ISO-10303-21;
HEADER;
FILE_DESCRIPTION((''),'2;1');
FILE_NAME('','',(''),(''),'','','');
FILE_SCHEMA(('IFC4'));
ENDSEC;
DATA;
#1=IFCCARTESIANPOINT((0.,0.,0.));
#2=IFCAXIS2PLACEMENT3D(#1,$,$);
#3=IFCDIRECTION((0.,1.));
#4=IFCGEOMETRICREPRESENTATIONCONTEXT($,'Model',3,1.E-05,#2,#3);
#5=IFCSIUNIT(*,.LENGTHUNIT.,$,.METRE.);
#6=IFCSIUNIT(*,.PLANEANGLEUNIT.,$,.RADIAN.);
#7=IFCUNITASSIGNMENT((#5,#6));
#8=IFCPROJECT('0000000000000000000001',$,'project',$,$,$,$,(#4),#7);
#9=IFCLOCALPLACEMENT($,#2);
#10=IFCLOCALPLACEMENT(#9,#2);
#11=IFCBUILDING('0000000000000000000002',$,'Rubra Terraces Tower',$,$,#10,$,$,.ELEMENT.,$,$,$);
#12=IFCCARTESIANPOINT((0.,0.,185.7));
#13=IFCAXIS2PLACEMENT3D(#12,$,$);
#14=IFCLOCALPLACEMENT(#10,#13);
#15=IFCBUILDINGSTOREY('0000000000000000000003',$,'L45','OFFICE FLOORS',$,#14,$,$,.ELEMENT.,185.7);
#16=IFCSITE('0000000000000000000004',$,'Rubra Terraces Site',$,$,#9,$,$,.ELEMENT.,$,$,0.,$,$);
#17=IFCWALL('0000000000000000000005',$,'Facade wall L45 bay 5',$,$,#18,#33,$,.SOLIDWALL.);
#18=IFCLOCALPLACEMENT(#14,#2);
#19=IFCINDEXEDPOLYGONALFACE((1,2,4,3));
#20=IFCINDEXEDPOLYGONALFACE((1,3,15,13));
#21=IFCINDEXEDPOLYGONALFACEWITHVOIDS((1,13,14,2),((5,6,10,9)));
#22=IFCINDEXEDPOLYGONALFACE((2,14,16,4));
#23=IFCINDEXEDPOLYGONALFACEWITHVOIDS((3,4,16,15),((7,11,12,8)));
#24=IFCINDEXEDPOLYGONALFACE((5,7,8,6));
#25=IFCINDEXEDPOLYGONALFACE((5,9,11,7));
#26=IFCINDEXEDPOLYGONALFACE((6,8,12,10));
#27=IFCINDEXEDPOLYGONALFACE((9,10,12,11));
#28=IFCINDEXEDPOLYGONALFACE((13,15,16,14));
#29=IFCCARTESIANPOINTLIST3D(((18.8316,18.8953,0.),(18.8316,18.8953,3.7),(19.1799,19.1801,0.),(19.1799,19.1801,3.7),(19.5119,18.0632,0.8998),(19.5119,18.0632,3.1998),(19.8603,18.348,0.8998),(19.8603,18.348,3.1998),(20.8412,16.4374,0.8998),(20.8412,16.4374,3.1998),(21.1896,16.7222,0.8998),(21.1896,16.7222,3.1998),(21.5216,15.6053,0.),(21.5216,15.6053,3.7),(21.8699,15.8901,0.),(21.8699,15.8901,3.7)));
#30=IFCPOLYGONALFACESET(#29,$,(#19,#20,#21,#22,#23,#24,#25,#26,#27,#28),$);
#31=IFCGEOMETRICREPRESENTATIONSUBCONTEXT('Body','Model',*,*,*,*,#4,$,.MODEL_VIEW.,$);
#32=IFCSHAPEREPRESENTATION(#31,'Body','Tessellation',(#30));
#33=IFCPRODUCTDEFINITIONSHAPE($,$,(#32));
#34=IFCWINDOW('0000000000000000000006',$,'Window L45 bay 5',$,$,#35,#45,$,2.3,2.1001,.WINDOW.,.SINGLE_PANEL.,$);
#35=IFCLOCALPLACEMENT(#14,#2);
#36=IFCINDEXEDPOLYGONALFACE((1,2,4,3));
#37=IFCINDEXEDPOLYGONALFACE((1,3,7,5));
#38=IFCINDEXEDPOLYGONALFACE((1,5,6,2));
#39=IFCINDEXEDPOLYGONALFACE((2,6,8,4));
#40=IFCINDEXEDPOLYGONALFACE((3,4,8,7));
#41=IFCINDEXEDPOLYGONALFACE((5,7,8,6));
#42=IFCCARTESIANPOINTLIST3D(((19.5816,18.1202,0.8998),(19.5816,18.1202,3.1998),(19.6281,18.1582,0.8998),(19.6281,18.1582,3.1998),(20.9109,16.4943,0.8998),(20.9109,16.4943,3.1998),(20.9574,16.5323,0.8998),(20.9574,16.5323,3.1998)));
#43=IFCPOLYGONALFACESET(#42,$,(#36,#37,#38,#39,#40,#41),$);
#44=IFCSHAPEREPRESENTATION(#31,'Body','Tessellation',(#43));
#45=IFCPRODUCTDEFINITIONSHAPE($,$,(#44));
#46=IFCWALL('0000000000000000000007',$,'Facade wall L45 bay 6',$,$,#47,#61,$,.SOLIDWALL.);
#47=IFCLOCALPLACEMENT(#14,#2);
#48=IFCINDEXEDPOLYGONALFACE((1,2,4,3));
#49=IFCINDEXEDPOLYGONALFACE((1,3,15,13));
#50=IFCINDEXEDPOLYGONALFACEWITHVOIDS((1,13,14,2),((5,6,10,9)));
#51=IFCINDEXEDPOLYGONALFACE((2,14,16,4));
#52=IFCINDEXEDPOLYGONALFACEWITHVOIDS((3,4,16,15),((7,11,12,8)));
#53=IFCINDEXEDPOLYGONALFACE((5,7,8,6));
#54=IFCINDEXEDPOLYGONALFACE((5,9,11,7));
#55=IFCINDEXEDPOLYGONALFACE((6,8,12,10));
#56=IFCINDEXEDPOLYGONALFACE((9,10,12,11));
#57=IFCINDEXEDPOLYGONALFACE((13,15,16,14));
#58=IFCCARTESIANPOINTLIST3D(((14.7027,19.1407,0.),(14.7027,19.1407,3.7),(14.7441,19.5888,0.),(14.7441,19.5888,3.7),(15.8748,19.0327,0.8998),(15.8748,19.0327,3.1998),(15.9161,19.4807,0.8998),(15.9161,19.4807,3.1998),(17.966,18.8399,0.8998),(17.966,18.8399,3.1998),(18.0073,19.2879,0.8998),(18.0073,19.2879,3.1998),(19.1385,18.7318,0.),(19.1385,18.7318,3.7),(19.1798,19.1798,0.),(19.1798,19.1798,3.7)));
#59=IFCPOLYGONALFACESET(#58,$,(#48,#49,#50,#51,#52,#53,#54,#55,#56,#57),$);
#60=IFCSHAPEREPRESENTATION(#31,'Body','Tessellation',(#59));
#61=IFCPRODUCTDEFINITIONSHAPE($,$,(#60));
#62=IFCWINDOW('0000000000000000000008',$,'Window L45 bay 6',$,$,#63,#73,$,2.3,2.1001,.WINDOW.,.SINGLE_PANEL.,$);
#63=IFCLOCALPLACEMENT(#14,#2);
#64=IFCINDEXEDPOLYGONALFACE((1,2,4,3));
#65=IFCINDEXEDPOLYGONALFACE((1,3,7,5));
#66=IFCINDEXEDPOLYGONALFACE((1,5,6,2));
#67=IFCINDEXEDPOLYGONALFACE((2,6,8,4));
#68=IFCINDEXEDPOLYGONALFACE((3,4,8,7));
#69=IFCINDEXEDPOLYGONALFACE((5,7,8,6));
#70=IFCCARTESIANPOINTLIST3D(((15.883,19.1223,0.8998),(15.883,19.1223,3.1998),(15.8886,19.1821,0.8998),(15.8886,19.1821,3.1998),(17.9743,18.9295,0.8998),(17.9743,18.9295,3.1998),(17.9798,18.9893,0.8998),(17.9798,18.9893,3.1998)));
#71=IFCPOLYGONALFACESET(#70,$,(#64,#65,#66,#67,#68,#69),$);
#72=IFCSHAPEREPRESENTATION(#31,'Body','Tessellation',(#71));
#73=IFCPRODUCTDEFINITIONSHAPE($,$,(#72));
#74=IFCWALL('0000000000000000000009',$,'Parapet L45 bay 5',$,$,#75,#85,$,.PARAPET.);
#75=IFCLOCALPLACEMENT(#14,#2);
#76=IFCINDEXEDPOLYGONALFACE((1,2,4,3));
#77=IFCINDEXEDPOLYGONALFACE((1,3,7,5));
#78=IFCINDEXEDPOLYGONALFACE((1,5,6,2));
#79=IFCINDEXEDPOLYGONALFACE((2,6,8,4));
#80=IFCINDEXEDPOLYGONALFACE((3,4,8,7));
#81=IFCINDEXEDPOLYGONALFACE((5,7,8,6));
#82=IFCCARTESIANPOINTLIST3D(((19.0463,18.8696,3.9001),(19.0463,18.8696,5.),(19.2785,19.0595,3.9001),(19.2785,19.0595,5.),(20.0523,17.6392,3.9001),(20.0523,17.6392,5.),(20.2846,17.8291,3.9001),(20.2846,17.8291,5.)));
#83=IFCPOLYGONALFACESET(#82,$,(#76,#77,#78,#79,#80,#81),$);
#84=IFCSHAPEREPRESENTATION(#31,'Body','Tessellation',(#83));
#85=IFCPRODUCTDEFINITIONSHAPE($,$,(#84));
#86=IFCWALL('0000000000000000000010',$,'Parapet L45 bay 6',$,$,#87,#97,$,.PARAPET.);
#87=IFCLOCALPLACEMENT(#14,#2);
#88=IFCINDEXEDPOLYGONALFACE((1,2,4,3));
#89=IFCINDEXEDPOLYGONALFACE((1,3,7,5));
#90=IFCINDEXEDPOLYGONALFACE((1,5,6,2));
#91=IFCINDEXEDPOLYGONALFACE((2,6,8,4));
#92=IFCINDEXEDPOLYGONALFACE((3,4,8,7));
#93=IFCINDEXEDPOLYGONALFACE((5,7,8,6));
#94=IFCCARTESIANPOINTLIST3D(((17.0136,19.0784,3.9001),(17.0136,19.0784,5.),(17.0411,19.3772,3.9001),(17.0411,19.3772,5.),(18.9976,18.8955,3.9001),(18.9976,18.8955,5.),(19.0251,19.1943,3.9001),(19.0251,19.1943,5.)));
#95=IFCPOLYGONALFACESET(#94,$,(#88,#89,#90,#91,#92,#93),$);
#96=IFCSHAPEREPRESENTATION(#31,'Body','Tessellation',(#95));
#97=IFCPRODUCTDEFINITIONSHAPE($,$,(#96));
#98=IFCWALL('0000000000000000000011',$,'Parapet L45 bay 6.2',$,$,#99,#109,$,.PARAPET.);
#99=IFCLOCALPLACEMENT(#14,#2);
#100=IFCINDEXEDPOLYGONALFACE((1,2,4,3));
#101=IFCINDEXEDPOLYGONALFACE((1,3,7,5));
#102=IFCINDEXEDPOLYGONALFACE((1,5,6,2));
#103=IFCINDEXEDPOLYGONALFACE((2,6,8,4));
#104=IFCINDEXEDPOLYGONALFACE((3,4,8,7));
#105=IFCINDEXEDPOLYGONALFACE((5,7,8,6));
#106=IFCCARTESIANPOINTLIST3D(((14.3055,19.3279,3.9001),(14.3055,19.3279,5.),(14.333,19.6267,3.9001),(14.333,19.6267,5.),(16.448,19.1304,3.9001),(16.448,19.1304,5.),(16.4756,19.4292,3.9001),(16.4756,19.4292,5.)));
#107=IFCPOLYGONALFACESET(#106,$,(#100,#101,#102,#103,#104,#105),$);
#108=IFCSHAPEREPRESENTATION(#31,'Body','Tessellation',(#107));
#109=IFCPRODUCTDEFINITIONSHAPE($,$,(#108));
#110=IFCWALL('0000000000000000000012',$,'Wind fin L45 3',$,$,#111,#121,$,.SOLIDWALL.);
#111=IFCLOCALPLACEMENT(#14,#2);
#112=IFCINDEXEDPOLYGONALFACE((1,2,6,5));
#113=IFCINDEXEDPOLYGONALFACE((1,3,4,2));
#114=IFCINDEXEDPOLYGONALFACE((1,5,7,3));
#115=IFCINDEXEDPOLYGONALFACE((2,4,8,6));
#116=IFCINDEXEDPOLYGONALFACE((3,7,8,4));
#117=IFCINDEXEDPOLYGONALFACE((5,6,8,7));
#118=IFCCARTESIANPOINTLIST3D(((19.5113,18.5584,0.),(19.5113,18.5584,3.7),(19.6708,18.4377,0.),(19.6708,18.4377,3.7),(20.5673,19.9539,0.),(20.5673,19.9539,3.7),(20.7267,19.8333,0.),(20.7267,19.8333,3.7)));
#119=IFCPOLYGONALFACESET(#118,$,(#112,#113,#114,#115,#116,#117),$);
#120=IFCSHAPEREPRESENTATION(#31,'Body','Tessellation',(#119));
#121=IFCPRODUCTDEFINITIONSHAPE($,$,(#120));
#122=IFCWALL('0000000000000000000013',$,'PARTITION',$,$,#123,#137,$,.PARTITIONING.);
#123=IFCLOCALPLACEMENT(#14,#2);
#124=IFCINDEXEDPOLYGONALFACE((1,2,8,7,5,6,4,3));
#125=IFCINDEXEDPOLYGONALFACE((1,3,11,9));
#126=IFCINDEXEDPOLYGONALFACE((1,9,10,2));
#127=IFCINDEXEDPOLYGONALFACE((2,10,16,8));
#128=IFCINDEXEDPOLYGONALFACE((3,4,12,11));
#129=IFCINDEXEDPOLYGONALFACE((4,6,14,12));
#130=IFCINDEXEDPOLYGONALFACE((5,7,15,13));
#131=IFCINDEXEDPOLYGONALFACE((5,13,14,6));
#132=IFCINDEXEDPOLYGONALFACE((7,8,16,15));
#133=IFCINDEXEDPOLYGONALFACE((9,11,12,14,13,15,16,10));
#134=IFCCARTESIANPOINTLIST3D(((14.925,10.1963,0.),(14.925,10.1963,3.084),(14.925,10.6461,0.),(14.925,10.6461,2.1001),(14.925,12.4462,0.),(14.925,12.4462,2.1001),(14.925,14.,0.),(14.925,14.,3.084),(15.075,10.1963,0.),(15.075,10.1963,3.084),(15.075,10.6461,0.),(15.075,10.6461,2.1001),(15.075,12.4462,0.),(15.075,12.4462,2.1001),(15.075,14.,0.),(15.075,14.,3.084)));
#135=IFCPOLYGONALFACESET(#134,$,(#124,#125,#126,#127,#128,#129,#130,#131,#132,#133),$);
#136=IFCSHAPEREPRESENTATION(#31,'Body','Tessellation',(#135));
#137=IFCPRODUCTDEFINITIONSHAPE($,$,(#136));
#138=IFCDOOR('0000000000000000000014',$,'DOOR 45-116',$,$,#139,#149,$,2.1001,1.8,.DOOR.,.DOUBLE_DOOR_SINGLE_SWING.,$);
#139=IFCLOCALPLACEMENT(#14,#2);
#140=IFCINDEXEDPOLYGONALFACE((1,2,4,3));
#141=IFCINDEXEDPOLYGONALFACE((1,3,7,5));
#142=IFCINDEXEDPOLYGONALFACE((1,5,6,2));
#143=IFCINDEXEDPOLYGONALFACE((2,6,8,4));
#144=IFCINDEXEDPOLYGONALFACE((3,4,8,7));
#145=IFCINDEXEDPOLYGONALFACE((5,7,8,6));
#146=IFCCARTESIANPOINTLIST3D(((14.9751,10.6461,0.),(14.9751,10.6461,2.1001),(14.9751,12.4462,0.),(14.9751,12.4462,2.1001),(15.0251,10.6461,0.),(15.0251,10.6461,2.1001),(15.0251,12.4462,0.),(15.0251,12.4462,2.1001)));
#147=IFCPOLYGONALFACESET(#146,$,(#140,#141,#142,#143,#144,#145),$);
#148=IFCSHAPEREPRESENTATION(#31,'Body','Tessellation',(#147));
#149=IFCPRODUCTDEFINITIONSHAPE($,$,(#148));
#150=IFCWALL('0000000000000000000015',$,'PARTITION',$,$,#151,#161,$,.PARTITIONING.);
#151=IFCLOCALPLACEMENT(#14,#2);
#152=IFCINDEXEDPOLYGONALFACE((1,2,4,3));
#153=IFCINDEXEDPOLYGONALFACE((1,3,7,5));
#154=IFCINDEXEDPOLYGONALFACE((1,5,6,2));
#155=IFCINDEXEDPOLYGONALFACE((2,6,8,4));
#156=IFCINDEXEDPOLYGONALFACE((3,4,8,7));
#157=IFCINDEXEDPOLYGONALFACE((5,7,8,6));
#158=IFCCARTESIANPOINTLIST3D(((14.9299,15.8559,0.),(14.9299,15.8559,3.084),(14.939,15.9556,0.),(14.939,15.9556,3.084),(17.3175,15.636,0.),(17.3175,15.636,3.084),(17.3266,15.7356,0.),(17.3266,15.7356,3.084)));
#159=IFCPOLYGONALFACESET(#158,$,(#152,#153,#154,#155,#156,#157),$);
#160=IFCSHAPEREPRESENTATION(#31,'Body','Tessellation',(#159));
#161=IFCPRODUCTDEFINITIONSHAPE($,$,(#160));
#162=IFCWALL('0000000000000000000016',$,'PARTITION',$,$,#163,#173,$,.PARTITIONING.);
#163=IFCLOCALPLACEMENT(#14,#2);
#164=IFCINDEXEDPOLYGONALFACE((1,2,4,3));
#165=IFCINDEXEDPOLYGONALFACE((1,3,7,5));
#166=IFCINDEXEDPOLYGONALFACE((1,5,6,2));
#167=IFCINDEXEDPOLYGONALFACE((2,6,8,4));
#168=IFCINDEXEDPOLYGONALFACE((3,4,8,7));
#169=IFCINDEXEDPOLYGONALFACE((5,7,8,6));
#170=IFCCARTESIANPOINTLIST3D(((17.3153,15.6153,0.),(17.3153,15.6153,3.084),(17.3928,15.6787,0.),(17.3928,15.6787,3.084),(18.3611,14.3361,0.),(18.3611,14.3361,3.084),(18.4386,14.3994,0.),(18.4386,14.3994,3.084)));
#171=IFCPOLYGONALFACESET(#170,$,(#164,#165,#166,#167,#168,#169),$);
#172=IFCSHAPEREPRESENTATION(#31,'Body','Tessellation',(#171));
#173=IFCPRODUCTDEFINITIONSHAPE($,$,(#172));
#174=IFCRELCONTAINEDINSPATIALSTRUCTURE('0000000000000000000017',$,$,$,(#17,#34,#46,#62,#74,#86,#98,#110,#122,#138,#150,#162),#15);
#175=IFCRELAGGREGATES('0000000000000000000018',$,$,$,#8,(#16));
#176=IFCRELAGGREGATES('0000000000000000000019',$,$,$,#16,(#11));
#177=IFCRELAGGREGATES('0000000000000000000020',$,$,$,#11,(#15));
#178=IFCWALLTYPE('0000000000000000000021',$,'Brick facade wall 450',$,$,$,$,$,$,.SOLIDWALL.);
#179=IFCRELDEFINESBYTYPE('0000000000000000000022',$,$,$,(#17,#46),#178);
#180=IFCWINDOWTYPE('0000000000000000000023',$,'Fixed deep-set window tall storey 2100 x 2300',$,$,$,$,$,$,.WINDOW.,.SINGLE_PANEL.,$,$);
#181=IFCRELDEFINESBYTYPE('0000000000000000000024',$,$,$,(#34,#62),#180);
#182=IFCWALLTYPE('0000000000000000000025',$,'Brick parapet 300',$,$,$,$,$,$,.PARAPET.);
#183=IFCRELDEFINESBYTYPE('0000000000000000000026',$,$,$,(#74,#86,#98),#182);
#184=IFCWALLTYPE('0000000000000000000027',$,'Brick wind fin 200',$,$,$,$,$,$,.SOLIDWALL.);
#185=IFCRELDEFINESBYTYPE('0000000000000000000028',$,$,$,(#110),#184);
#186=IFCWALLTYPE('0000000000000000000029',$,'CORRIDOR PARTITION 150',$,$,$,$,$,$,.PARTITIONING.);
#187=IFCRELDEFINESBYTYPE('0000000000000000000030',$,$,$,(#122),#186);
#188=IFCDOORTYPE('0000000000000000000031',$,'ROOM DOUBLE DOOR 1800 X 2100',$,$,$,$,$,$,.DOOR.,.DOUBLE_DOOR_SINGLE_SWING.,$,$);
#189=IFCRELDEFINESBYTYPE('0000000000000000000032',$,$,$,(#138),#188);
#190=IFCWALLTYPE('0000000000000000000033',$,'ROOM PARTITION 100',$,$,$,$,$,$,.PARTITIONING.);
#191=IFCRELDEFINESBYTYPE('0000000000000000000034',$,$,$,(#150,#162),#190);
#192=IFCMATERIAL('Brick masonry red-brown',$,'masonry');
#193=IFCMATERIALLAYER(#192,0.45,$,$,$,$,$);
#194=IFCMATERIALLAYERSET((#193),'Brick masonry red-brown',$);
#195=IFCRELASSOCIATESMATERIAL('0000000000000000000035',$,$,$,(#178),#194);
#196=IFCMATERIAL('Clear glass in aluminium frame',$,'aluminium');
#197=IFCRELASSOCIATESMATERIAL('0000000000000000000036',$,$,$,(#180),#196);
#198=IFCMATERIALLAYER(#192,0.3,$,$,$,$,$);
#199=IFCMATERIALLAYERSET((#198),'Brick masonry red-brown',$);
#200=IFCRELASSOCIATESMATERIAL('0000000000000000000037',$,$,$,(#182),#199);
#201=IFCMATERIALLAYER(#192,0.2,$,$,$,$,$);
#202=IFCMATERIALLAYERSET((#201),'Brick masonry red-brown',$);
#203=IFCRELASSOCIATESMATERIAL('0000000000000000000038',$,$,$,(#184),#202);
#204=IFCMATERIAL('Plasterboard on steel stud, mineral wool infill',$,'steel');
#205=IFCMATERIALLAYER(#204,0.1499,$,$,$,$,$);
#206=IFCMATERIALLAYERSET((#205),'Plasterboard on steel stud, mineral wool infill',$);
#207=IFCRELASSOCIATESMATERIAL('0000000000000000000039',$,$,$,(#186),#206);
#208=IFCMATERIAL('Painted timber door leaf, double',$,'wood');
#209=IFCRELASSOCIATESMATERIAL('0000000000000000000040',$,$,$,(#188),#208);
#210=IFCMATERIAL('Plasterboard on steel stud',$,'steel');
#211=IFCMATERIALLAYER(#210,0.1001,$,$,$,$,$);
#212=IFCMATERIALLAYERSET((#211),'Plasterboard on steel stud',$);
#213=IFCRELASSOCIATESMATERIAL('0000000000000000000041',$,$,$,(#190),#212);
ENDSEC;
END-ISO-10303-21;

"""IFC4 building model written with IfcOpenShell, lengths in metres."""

from ifc_helpers import new_model, si_unit, direction, frame, frame_2d, origin, place, context, subcontext, project, spatial, rectangle, extrude, material, layer, layer_set, type_object, element, fill, save


model = new_model("IFC4")

# Units and contexts
model_context = context("Model", 3, precision=1e-05, world=origin(), true_north=direction((0.0, 1.0)))
body_context = subcontext(model_context, "Body", "Model", "MODEL_VIEW")
ifc_project = project(units=[si_unit("LENGTHUNIT", "METRE"), si_unit("PLANEANGLEUNIT", "RADIAN")], contexts=[model_context])

# Site, building, storey
site_placement = place(None, origin())
site = spatial("IfcSite", under=ifc_project, at=site_placement, Name="Rubra Terraces Site", CompositionType="ELEMENT", RefElevation=0.0)
building_placement = place(site_placement, origin())
building = spatial("IfcBuilding", under=site, at=building_placement, Name="Rubra Terraces Tower", CompositionType="ELEMENT")
storey_placement = place(building_placement, frame((0.0, 0.0, 185.7)))
storey = spatial("IfcBuildingStorey", under=building, at=storey_placement, Name="L45", Description="OFFICE FLOORS", CompositionType="ELEMENT", Elevation=185.7)

# Walls, openings, windows
ifc_material_1 = material(Name="Brick masonry red-brown", Category="masonry")
ifc_layer_1 = layer(ifc_material_1, 0.45)
ifc_layer_set_1 = layer_set([ifc_layer_1], Name="Brick masonry red-brown")
wall_type_1 = type_object("IfcWallType", Name="Brick facade wall 450", PredefinedType="SOLIDWALL", material=ifc_layer_set_1)
ifc_material_2 = material(Name="Clear glass in aluminium frame", Category="aluminium")
window_type = type_object("IfcWindowType", Name="Fixed deep-set window tall storey 2100 x 2300", PartitioningType="SINGLE_PANEL", PredefinedType="WINDOW", material=ifc_material_2)
wall_1_placement = place(storey_placement, frame((21.6958, 15.7476, 0.0), z_axis=(0.0, 0.0, 1.0), x_axis=(-0.632969, 0.774177, 0.0)))
wall_1 = element("IfcWall", 1, at=wall_1_placement, inside=storey, type_object=wall_type_1, Name="Facade wall L45 bay 5", PredefinedType="SOLIDWALL", context=body_context, shape_type="SweptSolid", body=[
    extrude(rectangle(XDim=4.2498, YDim=0.45, at=frame_2d((2.125, 0.0))), origin(), (0.0, 0.0, 1.0), 3.7),
])
opening_1_placement = place(wall_1_placement, frame((1.075, 0.0, 0.8999)))
opening_1 = element("IfcOpeningElement", 2, at=opening_1_placement, cuts=wall_1, PredefinedType="OPENING", context=body_context, shape_type="SweptSolid", body=[
    extrude(rectangle(XDim=2.1001, YDim=2.3, at=frame_2d((1.05, 1.1499))), frame((0.0, 0.2349, 0.0), z_axis=(0.0, -1.0, 0.0), x_axis=(1.0, 0.0, 0.0)), (0.0, 0.0, 1.0), 0.47),
])
window_1_placement = place(opening_1_placement, origin())
window_1 = element("IfcWindow", 3, at=window_1_placement, inside=storey, type_object=window_type, Name="Window L45 bay 5", OverallHeight=2.3, OverallWidth=2.1001, PartitioningType="SINGLE_PANEL", PredefinedType="WINDOW", context=body_context, shape_type="SweptSolid", body=[
    extrude(rectangle(XDim=2.1001, YDim=2.3, at=frame_2d((1.05, 1.1499))), frame((0.0, 0.135, 0.0), z_axis=(0.0, -1.0, 0.0), x_axis=(1.0, 0.0, 0.0)), (0.0, 0.0, 1.0), 0.0601),
])
fill(opening_1, window_1)
wall_2_placement = place(storey_placement, frame((19.1592, 18.9558, 0.0), z_axis=(0.0, 0.0, 1.0), x_axis=(-0.995777, 0.091801, 0.0)))
wall_2 = element("IfcWall", 4, at=wall_2_placement, inside=storey, type_object=wall_type_1, Name="Facade wall L45 bay 6", PredefinedType="SOLIDWALL", context=body_context, shape_type="SweptSolid", body=[
    extrude(rectangle(XDim=4.4546, YDim=0.45, at=frame_2d((2.2273, 0.0))), origin(), (0.0, 0.0, 1.0), 3.7),
])
opening_2_placement = place(wall_2_placement, frame((1.1775, 0.0, 0.8999)))
opening_2 = element("IfcOpeningElement", 5, at=opening_2_placement, cuts=wall_2, PredefinedType="OPENING", context=body_context, shape_type="SweptSolid", body=[
    extrude(rectangle(XDim=2.1001, YDim=2.3, at=frame_2d((1.05, 1.1499))), frame((0.0, 0.2349, 0.0), z_axis=(0.0, -1.0, 0.0), x_axis=(1.0, 0.0, 0.0)), (0.0, 0.0, 1.0), 0.47),
])
window_2_placement = place(opening_2_placement, origin())
window_2 = element("IfcWindow", 6, at=window_2_placement, inside=storey, type_object=window_type, Name="Window L45 bay 6", OverallHeight=2.3, OverallWidth=2.1001, PartitioningType="SINGLE_PANEL", PredefinedType="WINDOW", context=body_context, shape_type="SweptSolid", body=[
    extrude(rectangle(XDim=2.1001, YDim=2.3, at=frame_2d((1.05, 1.1499))), frame((0.0, 0.135, 0.0), z_axis=(0.0, -1.0, 0.0), x_axis=(1.0, 0.0, 0.0)), (0.0, 0.0, 1.0), 0.0601),
])
fill(opening_2, window_2)

# Walls
ifc_layer_2 = layer(ifc_material_1, 0.3)
ifc_layer_set_2 = layer_set([ifc_layer_2], Name="Brick masonry red-brown")
wall_type_2 = type_object("IfcWallType", Name="Brick parapet 300", PredefinedType="PARAPET", material=ifc_layer_set_2)
wall_3_placement = place(storey_placement, frame((20.1685, 17.7341, 3.9001), z_axis=(0.0, 0.0, 1.0), x_axis=(-0.632995, 0.774156, 0.0)))
element("IfcWall", 7, at=wall_3_placement, inside=storey, type_object=wall_type_2, Name="Parapet L45 bay 5", PredefinedType="PARAPET", context=body_context, shape_type="SweptSolid", body=[
    extrude(rectangle(XDim=1.5894, YDim=0.3, at=frame_2d((0.7947, 0.0))), origin(), (0.0, 0.0, 1.0), 1.0999),
])
wall_4_placement = place(storey_placement, frame((19.0112, 19.0449, 3.9001), z_axis=(0.0, 0.0, 1.0), x_axis=(-0.99578, 0.091773, 0.0)))
element("IfcWall", 8, at=wall_4_placement, inside=storey, type_object=wall_type_2, Name="Parapet L45 bay 6", PredefinedType="PARAPET", context=body_context, shape_type="SweptSolid", body=[
    extrude(rectangle(XDim=1.9924, YDim=0.3, at=frame_2d((0.9961, 0.0))), origin(), (0.0, 0.0, 1.0), 1.0999),
])
wall_5_placement = place(storey_placement, frame((16.4617, 19.2798, 3.9001), z_axis=(0.0, 0.0, 1.0), x_axis=(-0.995778, 0.091794, 0.0)))
element("IfcWall", 9, at=wall_5_placement, inside=storey, type_object=wall_type_2, Name="Parapet L45 bay 6.2", PredefinedType="PARAPET", context=body_context, shape_type="SweptSolid", body=[
    extrude(rectangle(XDim=2.1516, YDim=0.3, at=frame_2d((1.0757, 0.0))), origin(), (0.0, 0.0, 1.0), 1.0999),
])
ifc_layer_3 = layer(ifc_material_1, 0.2)
ifc_layer_set_3 = layer_set([ifc_layer_3], Name="Brick masonry red-brown")
wall_type_3 = type_object("IfcWallType", Name="Brick wind fin 200", PredefinedType="SOLIDWALL", material=ifc_layer_set_3)
wall_6_placement = place(storey_placement, frame((19.5911, 18.498, 0.0), z_axis=(0.0, 0.0, 1.0), x_axis=(0.603388, 0.797448, 0.0)))
element("IfcWall", 10, at=wall_6_placement, inside=storey, type_object=wall_type_3, Name="Wind fin L45 3", PredefinedType="SOLIDWALL", context=body_context, shape_type="SweptSolid", body=[
    extrude(rectangle(XDim=1.75, YDim=0.2, at=frame_2d((0.875, 0.0))), origin(), (0.0, 0.0, 1.0), 3.7),
])

# Wall, opening, door
ifc_material_3 = material(Name="Plasterboard on steel stud, mineral wool infill", Category="steel")
ifc_layer_4 = layer(ifc_material_3, 0.1499)
ifc_layer_set_4 = layer_set([ifc_layer_4], Name="Plasterboard on steel stud, mineral wool infill")
wall_type_4 = type_object("IfcWallType", Name="CORRIDOR PARTITION 150", PredefinedType="PARTITIONING", material=ifc_layer_set_4)
wall_7_placement = place(storey_placement, frame((15.0, 10.1963, 0.0), z_axis=(0.0, 0.0, 1.0), x_axis=(0.0, 1.0, 0.0)))
wall_7 = element("IfcWall", 11, at=wall_7_placement, inside=storey, type_object=wall_type_4, Name="PARTITION", PredefinedType="PARTITIONING", context=body_context, shape_type="SweptSolid", body=[
    extrude(rectangle(XDim=3.8037, YDim=0.1499, at=frame_2d((1.9019, 0.0))), origin(), (0.0, 0.0, 1.0), 3.084),
])
opening_3_placement = place(wall_7_placement, frame((0.45, 0.0, 0.0)))
opening_3 = element("IfcOpeningElement", 12, at=opening_3_placement, cuts=wall_7, PredefinedType="OPENING", context=body_context, shape_type="SweptSolid", body=[
    extrude(rectangle(XDim=1.8, YDim=2.1001, at=frame_2d((0.8999, 1.05))), frame((0.0, 0.085, 0.0), z_axis=(0.0, -1.0, 0.0), x_axis=(1.0, 0.0, 0.0)), (0.0, 0.0, 1.0), 0.1699),
])
ifc_material_4 = material(Name="Painted timber door leaf, double", Category="wood")
door_type = type_object("IfcDoorType", Name="ROOM DOUBLE DOOR 1800 X 2100", OperationType="DOUBLE_DOOR_SINGLE_SWING", PredefinedType="DOOR", material=ifc_material_4)
door_placement = place(opening_3_placement, origin())
door = element("IfcDoor", 13, at=door_placement, inside=storey, type_object=door_type, Name="DOOR 45-116", OperationType="DOUBLE_DOOR_SINGLE_SWING", OverallHeight=2.1001, OverallWidth=1.8, PredefinedType="DOOR", context=body_context, shape_type="SweptSolid", body=[
    extrude(rectangle(XDim=1.8, YDim=2.1001, at=frame_2d((0.8999, 1.05))), frame((0.0, 0.0249, 0.0), z_axis=(0.0, -1.0, 0.0), x_axis=(1.0, 0.0, 0.0)), (0.0, 0.0, 1.0), 0.05),
])
fill(opening_3, door)

# Walls
ifc_material_5 = material(Name="Plasterboard on steel stud", Category="steel")
ifc_layer_5 = layer(ifc_material_5, 0.1001)
ifc_layer_set_5 = layer_set([ifc_layer_5], Name="Plasterboard on steel stud")
wall_type_5 = type_object("IfcWallType", Name="ROOM PARTITION 100", PredefinedType="PARTITIONING", material=ifc_layer_set_5)
wall_8_placement = place(storey_placement, frame((14.9346, 15.9058, 0.0), z_axis=(0.0, 0.0, 1.0), x_axis=(0.995783, -0.091738, 0.0)))
element("IfcWall", 14, at=wall_8_placement, inside=storey, type_object=wall_type_5, Name="PARTITION", PredefinedType="PARTITIONING", context=body_context, shape_type="SweptSolid", body=[
    extrude(rectangle(XDim=2.3977, YDim=0.1001, at=frame_2d((1.1987, 0.0))), origin(), (0.0, 0.0, 1.0), 3.084),
])
wall_9_placement = place(storey_placement, frame((17.354, 15.647, 0.0), z_axis=(0.0, 0.0, 1.0), x_axis=(0.632948, -0.774194, 0.0)))
element("IfcWall", 15, at=wall_9_placement, inside=storey, type_object=wall_type_5, Name="PARTITION", PredefinedType="PARTITIONING", context=body_context, shape_type="SweptSolid", body=[
    extrude(rectangle(XDim=1.6523, YDim=0.1001, at=frame_2d((0.8262, 0.0))), origin(), (0.0, 0.0, 1.0), 3.084),
])

save(model, "model.ifc")
